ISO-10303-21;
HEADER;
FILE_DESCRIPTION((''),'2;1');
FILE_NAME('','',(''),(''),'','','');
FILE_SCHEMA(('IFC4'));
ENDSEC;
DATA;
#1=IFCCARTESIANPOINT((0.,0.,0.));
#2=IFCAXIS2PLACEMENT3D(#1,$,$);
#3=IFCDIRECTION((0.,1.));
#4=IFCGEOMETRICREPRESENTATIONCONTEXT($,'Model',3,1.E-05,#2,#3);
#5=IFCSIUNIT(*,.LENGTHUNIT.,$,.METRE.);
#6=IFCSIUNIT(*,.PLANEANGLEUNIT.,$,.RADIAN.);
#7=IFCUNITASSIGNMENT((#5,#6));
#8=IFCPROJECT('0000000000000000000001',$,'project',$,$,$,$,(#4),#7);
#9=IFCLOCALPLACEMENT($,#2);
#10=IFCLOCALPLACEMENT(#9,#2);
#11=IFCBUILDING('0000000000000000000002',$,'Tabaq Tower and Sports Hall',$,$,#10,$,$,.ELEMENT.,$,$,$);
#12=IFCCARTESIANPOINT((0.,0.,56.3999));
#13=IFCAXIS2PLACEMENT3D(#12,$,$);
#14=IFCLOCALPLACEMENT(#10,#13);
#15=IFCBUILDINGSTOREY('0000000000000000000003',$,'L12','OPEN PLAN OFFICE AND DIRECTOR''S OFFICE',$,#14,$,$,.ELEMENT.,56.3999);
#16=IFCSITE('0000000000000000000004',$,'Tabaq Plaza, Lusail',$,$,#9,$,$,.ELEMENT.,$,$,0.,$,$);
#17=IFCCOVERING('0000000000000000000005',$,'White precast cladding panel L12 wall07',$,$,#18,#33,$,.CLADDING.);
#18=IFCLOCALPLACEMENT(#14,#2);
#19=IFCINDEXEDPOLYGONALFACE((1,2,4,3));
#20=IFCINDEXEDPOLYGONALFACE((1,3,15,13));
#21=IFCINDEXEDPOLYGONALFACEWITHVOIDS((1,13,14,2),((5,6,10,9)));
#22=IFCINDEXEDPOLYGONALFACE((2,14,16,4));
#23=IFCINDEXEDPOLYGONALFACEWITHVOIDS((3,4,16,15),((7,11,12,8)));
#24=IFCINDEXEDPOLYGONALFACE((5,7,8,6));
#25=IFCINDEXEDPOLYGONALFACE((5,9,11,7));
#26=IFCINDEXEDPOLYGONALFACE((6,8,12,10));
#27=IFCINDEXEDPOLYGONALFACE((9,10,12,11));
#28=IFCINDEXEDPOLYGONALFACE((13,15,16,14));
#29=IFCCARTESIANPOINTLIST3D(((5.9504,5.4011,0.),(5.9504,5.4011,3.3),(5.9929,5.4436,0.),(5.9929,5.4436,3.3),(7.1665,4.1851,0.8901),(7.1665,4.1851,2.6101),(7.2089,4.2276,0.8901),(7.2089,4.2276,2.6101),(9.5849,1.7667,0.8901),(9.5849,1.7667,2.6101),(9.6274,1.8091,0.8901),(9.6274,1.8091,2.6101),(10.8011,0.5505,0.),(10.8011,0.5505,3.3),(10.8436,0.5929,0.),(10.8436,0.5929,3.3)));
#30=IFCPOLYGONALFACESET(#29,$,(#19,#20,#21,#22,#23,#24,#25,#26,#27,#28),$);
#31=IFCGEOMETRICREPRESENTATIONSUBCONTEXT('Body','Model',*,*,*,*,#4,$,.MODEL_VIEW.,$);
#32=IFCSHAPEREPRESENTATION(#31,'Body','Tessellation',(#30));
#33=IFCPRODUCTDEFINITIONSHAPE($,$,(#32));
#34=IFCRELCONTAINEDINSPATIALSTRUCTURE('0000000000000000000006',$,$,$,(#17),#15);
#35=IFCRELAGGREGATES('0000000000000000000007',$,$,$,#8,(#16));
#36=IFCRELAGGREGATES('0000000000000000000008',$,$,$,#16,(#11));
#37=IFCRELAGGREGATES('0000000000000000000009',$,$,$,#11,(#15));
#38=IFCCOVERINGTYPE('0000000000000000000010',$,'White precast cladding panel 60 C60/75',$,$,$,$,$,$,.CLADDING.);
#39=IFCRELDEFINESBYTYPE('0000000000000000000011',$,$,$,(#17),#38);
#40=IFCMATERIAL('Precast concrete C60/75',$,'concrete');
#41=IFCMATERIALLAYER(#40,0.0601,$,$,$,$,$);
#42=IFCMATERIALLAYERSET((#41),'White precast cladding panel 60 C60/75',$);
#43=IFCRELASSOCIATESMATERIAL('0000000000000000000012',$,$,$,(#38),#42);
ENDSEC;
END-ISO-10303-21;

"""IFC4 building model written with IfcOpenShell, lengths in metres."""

from ifc_helpers import new_model, si_unit, direction, frame, origin, place, context, subcontext, project, spatial, polyline, outline, extrude, material, layer, layer_set, type_object, element, save


model = new_model("IFC4")

# Units and contexts
model_context = context("Model", 3, precision=1e-05, world=origin(), true_north=direction((0.0, 1.0)))
body_context = subcontext(model_context, "Body", "Model", "MODEL_VIEW")
ifc_project = project(units=[si_unit("LENGTHUNIT", "METRE"), si_unit("PLANEANGLEUNIT", "RADIAN")], contexts=[model_context])

# Site, building, storey
site_placement = place(None, origin())
site = spatial("IfcSite", under=ifc_project, at=site_placement, Name="Tabaq Plaza, Lusail", CompositionType="ELEMENT", RefElevation=0.0)
building_placement = place(site_placement, origin())
building = spatial("IfcBuilding", under=site, at=building_placement, Name="Tabaq Tower and Sports Hall", CompositionType="ELEMENT")
storey_placement = place(building_placement, frame((0.0, 0.0, 56.3999)))
storey = spatial("IfcBuildingStorey", under=building, at=storey_placement, Name="L12", Description="OPEN PLAN OFFICE AND DIRECTOR'S OFFICE", CompositionType="ELEMENT", Elevation=56.3999)

# Covering
ifc_material_1 = material(Name="Precast concrete C60/75", Category="concrete")
ifc_layer_1 = layer(ifc_material_1, 0.0601)
ifc_layer_set_1 = layer_set([ifc_layer_1], Name="White precast cladding panel 60 C60/75")
covering_type_1 = type_object("IfcCoveringType", Name="White precast cladding panel 60 C60/75", PredefinedType="CLADDING", material=ifc_layer_set_1)
covering_1_placement = place(storey_placement, frame((5.9717, 5.4224, 0.0), z_axis=(0.0, 0.0, 1.0), x_axis=(0.707107, -0.707107, 0.0)))
element("IfcCovering", 1, at=covering_1_placement, inside=storey, type_object=covering_type_1, Name="White precast cladding panel L12 wall07", PredefinedType="CLADDING", context=body_context, shape_type="SweptSolid", body=[
    extrude(outline(polyline([(0.0, 0.0), (6.8599, 0.0), (6.8599, 3.3), (0.0, 3.3), (0.0, 0.0)]), holes=[polyline([(1.7197, 0.8901), (1.7197, 2.6101), (5.1399, 2.6101), (5.1399, 0.8901), (1.7197, 0.8901)])]), frame((0.0, 0.03, 0.0), z_axis=(0.0, -1.0, 0.0), x_axis=(1.0, 0.0, 0.0)), (0.0, 0.0, 1.0), 0.0601),
])

save(model, "model.ifc")
